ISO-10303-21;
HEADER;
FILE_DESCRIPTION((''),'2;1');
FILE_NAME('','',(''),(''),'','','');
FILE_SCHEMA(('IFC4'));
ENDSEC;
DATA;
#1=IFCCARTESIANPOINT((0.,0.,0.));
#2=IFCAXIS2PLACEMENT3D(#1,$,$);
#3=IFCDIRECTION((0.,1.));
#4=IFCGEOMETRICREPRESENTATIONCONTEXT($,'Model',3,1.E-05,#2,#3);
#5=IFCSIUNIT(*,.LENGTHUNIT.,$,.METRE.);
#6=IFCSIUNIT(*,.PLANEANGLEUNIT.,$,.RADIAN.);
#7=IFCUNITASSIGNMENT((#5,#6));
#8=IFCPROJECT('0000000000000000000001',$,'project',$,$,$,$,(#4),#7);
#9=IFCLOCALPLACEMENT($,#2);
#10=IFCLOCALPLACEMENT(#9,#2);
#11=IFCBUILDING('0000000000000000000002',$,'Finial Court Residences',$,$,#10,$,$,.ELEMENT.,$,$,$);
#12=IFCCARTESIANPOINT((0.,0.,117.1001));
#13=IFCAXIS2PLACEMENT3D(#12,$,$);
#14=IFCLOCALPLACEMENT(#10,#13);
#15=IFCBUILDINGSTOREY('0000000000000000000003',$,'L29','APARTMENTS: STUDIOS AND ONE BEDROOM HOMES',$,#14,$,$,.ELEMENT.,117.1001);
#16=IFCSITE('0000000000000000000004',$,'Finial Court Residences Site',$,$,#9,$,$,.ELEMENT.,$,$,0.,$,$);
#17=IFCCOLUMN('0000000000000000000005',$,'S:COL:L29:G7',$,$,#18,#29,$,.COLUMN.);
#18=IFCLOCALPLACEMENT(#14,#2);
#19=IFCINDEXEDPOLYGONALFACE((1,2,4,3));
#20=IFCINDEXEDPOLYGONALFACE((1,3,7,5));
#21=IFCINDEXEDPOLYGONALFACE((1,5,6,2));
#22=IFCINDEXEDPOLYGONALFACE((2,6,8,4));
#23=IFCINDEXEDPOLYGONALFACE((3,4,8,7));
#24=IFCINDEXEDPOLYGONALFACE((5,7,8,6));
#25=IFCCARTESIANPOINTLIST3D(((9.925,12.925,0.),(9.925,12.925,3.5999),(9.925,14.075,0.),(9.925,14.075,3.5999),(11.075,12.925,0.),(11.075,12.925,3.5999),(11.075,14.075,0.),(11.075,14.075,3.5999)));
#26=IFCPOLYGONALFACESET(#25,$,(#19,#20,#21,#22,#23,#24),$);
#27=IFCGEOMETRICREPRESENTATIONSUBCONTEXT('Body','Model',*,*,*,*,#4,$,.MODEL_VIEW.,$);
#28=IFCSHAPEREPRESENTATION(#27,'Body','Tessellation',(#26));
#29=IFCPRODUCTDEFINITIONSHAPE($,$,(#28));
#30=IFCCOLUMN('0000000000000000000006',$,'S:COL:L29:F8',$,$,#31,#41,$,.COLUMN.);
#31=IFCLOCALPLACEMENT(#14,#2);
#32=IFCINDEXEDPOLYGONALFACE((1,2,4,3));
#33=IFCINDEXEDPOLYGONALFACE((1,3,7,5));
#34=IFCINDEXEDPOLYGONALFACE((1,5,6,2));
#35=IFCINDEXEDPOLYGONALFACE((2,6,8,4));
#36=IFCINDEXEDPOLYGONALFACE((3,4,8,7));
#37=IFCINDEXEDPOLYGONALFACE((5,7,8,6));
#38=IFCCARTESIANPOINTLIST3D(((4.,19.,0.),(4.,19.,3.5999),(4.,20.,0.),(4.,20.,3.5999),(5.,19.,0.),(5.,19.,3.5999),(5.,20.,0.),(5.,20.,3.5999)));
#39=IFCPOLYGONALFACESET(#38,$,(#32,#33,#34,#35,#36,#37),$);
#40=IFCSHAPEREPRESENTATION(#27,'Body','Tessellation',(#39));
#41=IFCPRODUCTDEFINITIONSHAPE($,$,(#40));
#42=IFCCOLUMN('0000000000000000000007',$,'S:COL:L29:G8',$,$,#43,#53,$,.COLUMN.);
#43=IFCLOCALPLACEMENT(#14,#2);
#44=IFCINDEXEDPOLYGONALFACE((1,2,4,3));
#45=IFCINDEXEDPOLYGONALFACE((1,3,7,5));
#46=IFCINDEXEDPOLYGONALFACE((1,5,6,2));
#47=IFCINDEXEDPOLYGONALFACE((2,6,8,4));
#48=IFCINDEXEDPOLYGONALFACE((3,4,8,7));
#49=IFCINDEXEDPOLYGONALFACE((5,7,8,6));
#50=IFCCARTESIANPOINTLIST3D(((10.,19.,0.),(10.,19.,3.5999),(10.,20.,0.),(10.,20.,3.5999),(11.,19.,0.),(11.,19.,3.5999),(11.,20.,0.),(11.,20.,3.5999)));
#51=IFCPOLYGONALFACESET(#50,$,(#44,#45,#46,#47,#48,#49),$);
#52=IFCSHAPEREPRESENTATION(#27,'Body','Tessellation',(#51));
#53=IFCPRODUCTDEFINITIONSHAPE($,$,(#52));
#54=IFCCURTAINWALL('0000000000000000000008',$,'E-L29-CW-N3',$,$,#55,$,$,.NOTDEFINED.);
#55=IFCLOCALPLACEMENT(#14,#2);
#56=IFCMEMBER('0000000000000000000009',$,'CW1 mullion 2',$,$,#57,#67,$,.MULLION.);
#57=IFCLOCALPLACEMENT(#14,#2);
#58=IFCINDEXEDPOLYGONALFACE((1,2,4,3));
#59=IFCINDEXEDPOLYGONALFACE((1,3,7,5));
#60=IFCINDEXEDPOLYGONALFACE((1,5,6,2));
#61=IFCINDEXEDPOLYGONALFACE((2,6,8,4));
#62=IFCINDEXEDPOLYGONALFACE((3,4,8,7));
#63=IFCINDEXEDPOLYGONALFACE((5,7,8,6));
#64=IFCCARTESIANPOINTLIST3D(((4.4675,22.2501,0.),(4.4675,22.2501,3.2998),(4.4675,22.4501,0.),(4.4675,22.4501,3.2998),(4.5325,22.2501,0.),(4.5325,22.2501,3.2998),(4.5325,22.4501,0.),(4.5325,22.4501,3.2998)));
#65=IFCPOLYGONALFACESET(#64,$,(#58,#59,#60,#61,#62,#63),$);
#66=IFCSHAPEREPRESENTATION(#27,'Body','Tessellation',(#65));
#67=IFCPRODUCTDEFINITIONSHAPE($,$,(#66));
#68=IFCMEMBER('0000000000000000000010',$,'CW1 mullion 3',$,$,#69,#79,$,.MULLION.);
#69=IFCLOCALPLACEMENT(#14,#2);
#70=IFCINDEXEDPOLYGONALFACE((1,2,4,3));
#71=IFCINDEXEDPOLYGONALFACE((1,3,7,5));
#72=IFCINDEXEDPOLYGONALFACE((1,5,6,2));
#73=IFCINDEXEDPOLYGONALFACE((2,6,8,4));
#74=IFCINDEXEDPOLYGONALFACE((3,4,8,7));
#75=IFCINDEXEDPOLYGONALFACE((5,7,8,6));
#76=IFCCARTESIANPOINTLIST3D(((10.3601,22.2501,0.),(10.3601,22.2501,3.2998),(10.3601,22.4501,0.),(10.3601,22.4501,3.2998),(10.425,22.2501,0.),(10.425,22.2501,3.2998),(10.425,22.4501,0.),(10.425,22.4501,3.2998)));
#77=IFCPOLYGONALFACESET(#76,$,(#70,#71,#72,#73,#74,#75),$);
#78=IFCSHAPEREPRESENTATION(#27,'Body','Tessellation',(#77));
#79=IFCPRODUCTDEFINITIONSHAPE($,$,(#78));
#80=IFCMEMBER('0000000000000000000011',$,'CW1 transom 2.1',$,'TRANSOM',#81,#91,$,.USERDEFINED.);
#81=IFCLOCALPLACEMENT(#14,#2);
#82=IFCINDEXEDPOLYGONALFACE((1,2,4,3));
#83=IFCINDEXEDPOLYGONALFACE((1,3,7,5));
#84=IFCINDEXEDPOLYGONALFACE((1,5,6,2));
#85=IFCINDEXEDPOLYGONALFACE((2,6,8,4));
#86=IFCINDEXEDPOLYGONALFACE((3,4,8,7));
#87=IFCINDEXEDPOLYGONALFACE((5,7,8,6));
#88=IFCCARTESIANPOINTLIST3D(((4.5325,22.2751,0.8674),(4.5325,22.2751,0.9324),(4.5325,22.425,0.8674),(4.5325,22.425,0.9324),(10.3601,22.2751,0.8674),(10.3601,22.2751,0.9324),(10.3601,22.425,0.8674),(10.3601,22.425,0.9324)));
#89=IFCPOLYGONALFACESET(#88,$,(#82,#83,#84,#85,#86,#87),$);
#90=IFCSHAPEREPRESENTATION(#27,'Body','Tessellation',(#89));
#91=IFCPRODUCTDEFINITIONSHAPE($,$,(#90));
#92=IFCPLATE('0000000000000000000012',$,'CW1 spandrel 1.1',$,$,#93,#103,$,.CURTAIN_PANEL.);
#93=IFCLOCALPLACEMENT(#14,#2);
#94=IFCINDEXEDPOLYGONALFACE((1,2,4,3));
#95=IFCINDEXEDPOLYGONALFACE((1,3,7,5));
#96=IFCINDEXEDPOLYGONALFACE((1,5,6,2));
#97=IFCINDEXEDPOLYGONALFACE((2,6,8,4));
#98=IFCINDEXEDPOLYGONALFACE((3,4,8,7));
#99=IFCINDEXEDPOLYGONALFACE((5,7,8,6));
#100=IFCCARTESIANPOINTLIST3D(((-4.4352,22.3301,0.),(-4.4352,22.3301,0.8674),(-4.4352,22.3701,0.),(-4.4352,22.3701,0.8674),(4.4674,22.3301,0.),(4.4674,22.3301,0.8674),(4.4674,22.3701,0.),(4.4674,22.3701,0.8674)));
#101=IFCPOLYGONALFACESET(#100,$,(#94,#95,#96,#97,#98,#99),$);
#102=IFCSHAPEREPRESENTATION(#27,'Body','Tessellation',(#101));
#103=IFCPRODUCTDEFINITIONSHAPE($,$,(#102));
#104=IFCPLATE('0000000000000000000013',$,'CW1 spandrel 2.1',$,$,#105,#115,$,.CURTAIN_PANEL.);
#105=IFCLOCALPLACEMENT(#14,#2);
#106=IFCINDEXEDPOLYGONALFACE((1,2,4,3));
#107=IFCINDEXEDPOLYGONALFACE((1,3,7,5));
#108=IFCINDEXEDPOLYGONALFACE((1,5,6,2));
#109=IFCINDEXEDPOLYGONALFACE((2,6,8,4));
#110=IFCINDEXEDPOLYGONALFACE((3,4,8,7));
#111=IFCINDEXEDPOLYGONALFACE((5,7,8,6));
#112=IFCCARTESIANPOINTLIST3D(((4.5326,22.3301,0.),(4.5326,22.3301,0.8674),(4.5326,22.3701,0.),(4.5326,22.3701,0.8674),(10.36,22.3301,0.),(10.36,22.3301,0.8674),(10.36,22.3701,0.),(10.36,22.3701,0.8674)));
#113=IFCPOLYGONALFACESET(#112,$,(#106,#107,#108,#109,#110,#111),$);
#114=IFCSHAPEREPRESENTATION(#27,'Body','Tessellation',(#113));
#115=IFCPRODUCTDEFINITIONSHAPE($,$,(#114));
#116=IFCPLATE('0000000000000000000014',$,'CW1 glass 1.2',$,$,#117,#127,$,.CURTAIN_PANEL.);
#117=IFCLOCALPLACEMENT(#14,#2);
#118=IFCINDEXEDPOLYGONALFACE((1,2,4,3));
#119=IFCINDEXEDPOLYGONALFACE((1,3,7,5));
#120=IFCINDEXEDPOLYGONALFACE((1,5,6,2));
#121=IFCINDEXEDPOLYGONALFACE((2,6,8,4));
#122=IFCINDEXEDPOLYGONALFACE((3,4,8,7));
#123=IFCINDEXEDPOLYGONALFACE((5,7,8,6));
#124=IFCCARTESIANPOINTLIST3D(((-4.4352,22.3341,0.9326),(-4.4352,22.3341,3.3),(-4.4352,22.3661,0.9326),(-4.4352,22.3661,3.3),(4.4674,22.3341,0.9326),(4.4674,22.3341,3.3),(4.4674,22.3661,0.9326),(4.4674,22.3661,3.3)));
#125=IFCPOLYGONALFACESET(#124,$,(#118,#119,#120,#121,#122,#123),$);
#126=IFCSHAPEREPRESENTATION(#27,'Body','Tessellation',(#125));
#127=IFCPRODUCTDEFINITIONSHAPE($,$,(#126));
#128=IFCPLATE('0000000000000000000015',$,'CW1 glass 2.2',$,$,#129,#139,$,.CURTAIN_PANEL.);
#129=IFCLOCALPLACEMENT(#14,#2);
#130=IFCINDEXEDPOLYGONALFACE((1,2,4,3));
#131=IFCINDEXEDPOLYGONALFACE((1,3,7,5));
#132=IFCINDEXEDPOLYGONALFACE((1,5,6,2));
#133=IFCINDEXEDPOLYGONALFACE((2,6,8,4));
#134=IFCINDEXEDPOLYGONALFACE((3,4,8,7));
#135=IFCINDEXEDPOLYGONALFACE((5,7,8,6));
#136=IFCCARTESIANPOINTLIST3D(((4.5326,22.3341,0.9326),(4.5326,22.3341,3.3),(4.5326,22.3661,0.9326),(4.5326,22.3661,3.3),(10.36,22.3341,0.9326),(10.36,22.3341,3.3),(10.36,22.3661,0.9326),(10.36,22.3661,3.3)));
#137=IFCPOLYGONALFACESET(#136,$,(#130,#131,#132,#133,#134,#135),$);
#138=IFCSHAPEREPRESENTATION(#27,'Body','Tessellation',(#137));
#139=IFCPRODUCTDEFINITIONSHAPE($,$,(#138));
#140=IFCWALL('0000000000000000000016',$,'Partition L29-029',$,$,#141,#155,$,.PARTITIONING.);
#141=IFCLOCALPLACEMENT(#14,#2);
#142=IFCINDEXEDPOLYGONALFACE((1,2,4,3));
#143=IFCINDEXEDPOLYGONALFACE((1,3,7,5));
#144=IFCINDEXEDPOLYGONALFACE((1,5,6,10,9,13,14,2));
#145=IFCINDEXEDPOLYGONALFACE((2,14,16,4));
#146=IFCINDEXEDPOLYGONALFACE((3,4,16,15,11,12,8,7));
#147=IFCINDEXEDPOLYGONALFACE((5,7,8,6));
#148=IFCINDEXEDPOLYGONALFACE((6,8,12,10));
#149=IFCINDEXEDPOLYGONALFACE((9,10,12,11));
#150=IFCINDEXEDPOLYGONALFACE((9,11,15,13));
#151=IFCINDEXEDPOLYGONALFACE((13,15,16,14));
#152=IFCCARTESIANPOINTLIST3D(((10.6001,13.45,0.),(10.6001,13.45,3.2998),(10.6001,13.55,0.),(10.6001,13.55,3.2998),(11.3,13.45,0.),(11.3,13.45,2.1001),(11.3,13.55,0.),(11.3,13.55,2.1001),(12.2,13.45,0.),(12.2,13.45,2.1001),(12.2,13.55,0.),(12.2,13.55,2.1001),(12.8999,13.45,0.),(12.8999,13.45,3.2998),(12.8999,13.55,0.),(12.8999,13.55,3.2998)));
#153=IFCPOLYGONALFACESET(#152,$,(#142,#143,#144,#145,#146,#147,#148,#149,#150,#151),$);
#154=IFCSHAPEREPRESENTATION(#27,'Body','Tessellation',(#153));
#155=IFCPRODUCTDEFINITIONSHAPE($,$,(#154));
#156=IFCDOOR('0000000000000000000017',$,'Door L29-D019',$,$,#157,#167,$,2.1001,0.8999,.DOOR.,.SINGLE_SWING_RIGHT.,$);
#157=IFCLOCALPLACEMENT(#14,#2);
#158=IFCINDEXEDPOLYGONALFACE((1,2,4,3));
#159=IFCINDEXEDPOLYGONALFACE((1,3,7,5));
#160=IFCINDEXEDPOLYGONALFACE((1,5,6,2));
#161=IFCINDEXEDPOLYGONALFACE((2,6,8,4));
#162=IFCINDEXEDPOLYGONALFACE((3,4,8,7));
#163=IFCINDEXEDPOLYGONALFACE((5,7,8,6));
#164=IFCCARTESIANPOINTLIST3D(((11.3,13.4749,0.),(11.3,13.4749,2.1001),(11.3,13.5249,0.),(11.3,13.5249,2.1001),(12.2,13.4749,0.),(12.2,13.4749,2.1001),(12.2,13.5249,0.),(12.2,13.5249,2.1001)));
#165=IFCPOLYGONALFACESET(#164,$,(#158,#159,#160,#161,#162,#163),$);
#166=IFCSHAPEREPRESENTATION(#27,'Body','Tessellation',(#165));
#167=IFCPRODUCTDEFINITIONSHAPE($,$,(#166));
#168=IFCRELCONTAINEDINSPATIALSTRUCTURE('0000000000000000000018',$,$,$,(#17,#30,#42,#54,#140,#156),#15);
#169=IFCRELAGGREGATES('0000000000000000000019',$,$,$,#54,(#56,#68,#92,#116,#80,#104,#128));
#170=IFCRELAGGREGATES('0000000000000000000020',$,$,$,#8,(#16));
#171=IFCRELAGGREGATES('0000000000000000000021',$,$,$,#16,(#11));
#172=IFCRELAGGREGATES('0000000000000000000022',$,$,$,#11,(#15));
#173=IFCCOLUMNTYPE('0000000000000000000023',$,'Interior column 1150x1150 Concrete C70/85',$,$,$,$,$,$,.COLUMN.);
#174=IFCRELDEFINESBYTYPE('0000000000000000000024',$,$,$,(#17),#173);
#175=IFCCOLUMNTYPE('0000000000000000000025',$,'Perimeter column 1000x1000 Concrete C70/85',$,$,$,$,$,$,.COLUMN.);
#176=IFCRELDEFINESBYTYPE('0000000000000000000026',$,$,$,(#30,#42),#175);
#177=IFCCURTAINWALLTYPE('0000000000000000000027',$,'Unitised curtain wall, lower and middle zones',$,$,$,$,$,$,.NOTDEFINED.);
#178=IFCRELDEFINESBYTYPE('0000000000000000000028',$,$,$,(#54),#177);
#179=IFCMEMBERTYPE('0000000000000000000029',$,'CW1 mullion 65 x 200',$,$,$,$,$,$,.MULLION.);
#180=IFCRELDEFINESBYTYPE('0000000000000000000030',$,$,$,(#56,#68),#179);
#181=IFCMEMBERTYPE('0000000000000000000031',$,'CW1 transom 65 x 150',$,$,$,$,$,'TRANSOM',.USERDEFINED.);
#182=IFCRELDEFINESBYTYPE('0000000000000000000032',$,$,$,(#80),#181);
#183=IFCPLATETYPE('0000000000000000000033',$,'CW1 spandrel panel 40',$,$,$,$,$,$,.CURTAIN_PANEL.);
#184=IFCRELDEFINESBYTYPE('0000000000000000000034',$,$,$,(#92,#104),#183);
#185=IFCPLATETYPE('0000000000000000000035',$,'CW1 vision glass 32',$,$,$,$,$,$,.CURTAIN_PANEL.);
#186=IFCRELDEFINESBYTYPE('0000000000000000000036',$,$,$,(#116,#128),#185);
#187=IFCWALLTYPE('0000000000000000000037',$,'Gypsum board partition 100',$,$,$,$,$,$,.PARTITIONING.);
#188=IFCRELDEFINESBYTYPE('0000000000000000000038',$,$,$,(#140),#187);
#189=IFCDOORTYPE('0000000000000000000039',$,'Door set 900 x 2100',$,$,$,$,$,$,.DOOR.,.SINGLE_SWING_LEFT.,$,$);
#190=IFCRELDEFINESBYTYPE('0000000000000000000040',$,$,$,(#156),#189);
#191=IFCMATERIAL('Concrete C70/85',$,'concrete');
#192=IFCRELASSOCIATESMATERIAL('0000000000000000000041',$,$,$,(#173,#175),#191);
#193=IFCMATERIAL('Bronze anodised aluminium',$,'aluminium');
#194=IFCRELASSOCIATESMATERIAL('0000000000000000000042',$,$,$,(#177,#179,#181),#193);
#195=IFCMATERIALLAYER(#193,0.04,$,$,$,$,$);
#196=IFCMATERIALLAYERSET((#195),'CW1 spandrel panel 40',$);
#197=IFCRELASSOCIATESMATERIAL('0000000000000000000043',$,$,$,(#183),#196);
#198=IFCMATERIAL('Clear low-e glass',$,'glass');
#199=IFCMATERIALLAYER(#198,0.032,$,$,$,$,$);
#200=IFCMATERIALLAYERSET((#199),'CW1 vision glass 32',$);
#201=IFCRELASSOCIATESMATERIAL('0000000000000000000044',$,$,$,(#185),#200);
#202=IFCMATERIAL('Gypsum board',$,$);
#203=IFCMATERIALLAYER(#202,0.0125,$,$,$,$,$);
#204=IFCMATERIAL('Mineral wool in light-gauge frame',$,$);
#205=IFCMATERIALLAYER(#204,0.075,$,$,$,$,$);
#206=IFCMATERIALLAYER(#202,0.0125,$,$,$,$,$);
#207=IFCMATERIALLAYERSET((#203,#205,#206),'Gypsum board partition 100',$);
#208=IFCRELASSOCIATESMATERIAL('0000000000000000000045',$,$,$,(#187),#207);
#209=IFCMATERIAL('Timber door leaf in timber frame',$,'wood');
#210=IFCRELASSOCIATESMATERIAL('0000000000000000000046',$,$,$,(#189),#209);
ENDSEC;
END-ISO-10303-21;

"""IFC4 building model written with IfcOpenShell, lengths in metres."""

from ifc_helpers import new_model, si_unit, direction, frame, frame_2d, origin, origin_2d, place, context, subcontext, project, spatial, rectangle, extrude, material, layer, layer_set, material_profile, profile_set, type_object, element, fill, aggregate, save


model = new_model("IFC4")

# Units and contexts
model_context = context("Model", 3, precision=1e-05, world=origin(), true_north=direction((0.0, 1.0)))
body_context = subcontext(model_context, "Body", "Model", "MODEL_VIEW")
ifc_project = project(units=[si_unit("LENGTHUNIT", "METRE"), si_unit("PLANEANGLEUNIT", "RADIAN")], contexts=[model_context])

# Site, building, storey
site_placement = place(None, origin())
site = spatial("IfcSite", under=ifc_project, at=site_placement, Name="Finial Court Residences Site", CompositionType="ELEMENT", RefElevation=0.0)
building_placement = place(site_placement, origin())
building = spatial("IfcBuilding", under=site, at=building_placement, Name="Finial Court Residences", CompositionType="ELEMENT")
storey_placement = place(building_placement, frame((0.0, 0.0, 117.1001)))
storey = spatial("IfcBuildingStorey", under=building, at=storey_placement, Name="L29", Description="APARTMENTS: STUDIOS AND ONE BEDROOM HOMES", CompositionType="ELEMENT", Elevation=117.1001)

# Columns
ifc_material_1 = material(Name="Concrete C70/85", Category="concrete")
ifc_material_profile_1 = material_profile(ifc_material_1, rectangle(XDim=1.1499, YDim=1.1499, at=origin_2d()), Name="1150x1150")
ifc_profile_set_1 = profile_set([ifc_material_profile_1], Name="Concrete C70/85")
column_type_1 = type_object("IfcColumnType", Name="Interior column 1150x1150 Concrete C70/85", PredefinedType="COLUMN", material=ifc_profile_set_1)
column_placement = place(storey_placement, frame((10.5, 13.5, 0.0), z_axis=(0.0, 0.0, 1.0), x_axis=(1.0, 0.0, 0.0)))
element("IfcColumn", 1, at=column_placement, inside=storey, type_object=column_type_1, Name="S:COL:L29:G7", PredefinedType="COLUMN", context=body_context, shape_type="SweptSolid", body=[
    extrude(rectangle(XDim=1.1499, YDim=1.1499, at=origin_2d()), origin(), (0.0, 0.0, 1.0), 3.5999),
])
ifc_material_profile_2 = material_profile(ifc_material_1, rectangle(XDim=1.0, YDim=1.0, at=origin_2d()), Name="1000x1000")
ifc_profile_set_2 = profile_set([ifc_material_profile_2], Name="Concrete C70/85")
column_type_2 = type_object("IfcColumnType", Name="Perimeter column 1000x1000 Concrete C70/85", PredefinedType="COLUMN", material=ifc_profile_set_2)
for number, where, z_axis, x_axis, name in (
    (2, (4.5, 19.5, 0.0), (0.0, 0.0, 1.0), (1.0, 0.0, 0.0), "S:COL:L29:F8"),
    (3, (10.5, 19.5, 0.0), (0.0, 0.0, 1.0), (1.0, 0.0, 0.0), "S:COL:L29:G8"),
):
    element("IfcColumn", number, at=place(storey_placement, frame(where, z_axis=z_axis, x_axis=x_axis)), inside=storey, type_object=column_type_2, Name=name, PredefinedType="COLUMN", context=body_context, shape_type="SweptSolid", body=[
        extrude(rectangle(XDim=1.0, YDim=1.0, at=origin_2d()), origin(), (0.0, 0.0, 1.0), 3.5999),
    ])

# Curtain wall, members, plates
ifc_material_2 = material(Name="Bronze anodised aluminium", Category="aluminium")
curtain_wall_type = type_object("IfcCurtainWallType", Name="Unitised curtain wall, lower and middle zones", PredefinedType="NOTDEFINED", material=ifc_material_2)
curtain_wall_placement = place(storey_placement, origin())
curtain_wall = element("IfcCurtainWall", 4, at=curtain_wall_placement, inside=storey, type_object=curtain_wall_type, Name="E-L29-CW-N3", PredefinedType="NOTDEFINED")
ifc_material_profile_3 = material_profile(ifc_material_2, rectangle(XDim=0.2, YDim=0.0649, at=origin_2d()), Name="CW1 mullion 65 x 200")
ifc_profile_set_3 = profile_set([ifc_material_profile_3], Name="Bronze anodised aluminium")
member_type_1 = type_object("IfcMemberType", Name="CW1 mullion 65 x 200", PredefinedType="MULLION", material=ifc_profile_set_3)
member_1_placement = place(storey_placement, frame((4.5, 22.3501, 0.0), z_axis=(0.0, 0.0, 1.0), x_axis=(0.0, 1.0, 0.0)))
member_1 = element("IfcMember", 5, at=member_1_placement, type_object=member_type_1, Name="CW1 mullion 2", PredefinedType="MULLION", context=body_context, shape_type="SweptSolid", body=[
    extrude(rectangle(XDim=0.2, YDim=0.0649, at=origin_2d()), origin(), (0.0, 0.0, 1.0), 3.2998),
])
member_2_placement = place(storey_placement, frame((10.3926, 22.3501, 0.0), z_axis=(0.0, 0.0, 1.0), x_axis=(0.0, 1.0, 0.0)))
member_2 = element("IfcMember", 6, at=member_2_placement, type_object=member_type_1, Name="CW1 mullion 3", PredefinedType="MULLION", context=body_context, shape_type="SweptSolid", body=[
    extrude(rectangle(XDim=0.2, YDim=0.0649, at=origin_2d()), origin(), (0.0, 0.0, 1.0), 3.2998),
])
ifc_material_profile_4 = material_profile(ifc_material_2, rectangle(XDim=0.1499, YDim=0.0649, at=origin_2d()), Name="CW1 transom 65 x 150")
ifc_profile_set_4 = profile_set([ifc_material_profile_4], Name="Bronze anodised aluminium")
member_type_2 = type_object("IfcMemberType", Name="CW1 transom 65 x 150", ElementType="TRANSOM", PredefinedType="USERDEFINED", material=ifc_profile_set_4)
member_3_placement = place(storey_placement, frame((4.5325, 22.3501, 0.8999), z_axis=(1.0, 0.0, 0.0), x_axis=(0.0, 1.0, 0.0)))
member_3 = element("IfcMember", 7, at=member_3_placement, type_object=member_type_2, Name="CW1 transom 2.1", ObjectType="TRANSOM", PredefinedType="USERDEFINED", context=body_context, shape_type="SweptSolid", body=[
    extrude(rectangle(XDim=0.1499, YDim=0.0649, at=origin_2d()), origin(), (0.0, 0.0, 1.0), 5.8276),
])
ifc_layer_1 = layer(ifc_material_2, 0.04)
ifc_layer_set_1 = layer_set([ifc_layer_1], Name="CW1 spandrel panel 40")
plate_type_1 = type_object("IfcPlateType", Name="CW1 spandrel panel 40", PredefinedType="CURTAIN_PANEL", material=ifc_layer_set_1)
plate_1_placement = place(storey_placement, frame((0.0161, 22.3501, 0.0), z_axis=(0.0, 0.0, 1.0), x_axis=(1.0, 0.0, 0.0)))
plate_1 = element("IfcPlate", 8, at=plate_1_placement, type_object=plate_type_1, Name="CW1 spandrel 1.1", PredefinedType="CURTAIN_PANEL", context=body_context, shape_type="SweptSolid", body=[
    extrude(rectangle(XDim=8.9026, YDim=0.04, at=origin_2d()), origin(), (0.0, 0.0, 1.0), 0.8674),
])
plate_2_placement = place(storey_placement, frame((7.4463, 22.3501, 0.0), z_axis=(0.0, 0.0, 1.0), x_axis=(1.0, 0.0, 0.0)))
plate_2 = element("IfcPlate", 9, at=plate_2_placement, type_object=plate_type_1, Name="CW1 spandrel 2.1", PredefinedType="CURTAIN_PANEL", context=body_context, shape_type="SweptSolid", body=[
    extrude(rectangle(XDim=5.8274, YDim=0.04, at=origin_2d()), origin(), (0.0, 0.0, 1.0), 0.8674),
])
ifc_material_3 = material(Name="Clear low-e glass", Category="glass")
ifc_layer_2 = layer(ifc_material_3, 0.032)
ifc_layer_set_2 = layer_set([ifc_layer_2], Name="CW1 vision glass 32")
plate_type_2 = type_object("IfcPlateType", Name="CW1 vision glass 32", PredefinedType="CURTAIN_PANEL", material=ifc_layer_set_2)
plate_3_placement = place(storey_placement, frame((0.0161, 22.3501, 0.9326), z_axis=(0.0, 0.0, 1.0), x_axis=(1.0, 0.0, 0.0)))
plate_3 = element("IfcPlate", 10, at=plate_3_placement, type_object=plate_type_2, Name="CW1 glass 1.2", PredefinedType="CURTAIN_PANEL", context=body_context, shape_type="SweptSolid", body=[
    extrude(rectangle(XDim=8.9026, YDim=0.032, at=origin_2d()), origin(), (0.0, 0.0, 1.0), 2.3674),
])
plate_4_placement = place(storey_placement, frame((7.4463, 22.3501, 0.9326), z_axis=(0.0, 0.0, 1.0), x_axis=(1.0, 0.0, 0.0)))
plate_4 = element("IfcPlate", 11, at=plate_4_placement, type_object=plate_type_2, Name="CW1 glass 2.2", PredefinedType="CURTAIN_PANEL", context=body_context, shape_type="SweptSolid", body=[
    extrude(rectangle(XDim=5.8274, YDim=0.032, at=origin_2d()), origin(), (0.0, 0.0, 1.0), 2.3674),
])
aggregate(curtain_wall, [member_1, member_2, plate_1, plate_3, member_3, plate_2, plate_4])

# Wall, opening, door
ifc_material_4 = material(Name="Gypsum board")
ifc_layer_3 = layer(ifc_material_4, 0.0125)
ifc_material_5 = material(Name="Mineral wool in light-gauge frame")
ifc_layer_4 = layer(ifc_material_5, 0.075)
ifc_layer_5 = layer(ifc_material_4, 0.0125)
ifc_layer_set_3 = layer_set([ifc_layer_3, ifc_layer_4, ifc_layer_5], Name="Gypsum board partition 100")
wall_type_1 = type_object("IfcWallType", Name="Gypsum board partition 100", PredefinedType="PARTITIONING", material=ifc_layer_set_3)
wall_1_placement = place(storey_placement, frame((10.6001, 13.5, 0.0), z_axis=(0.0, 0.0, 1.0), x_axis=(1.0, 0.0, 0.0)))
wall_1 = element("IfcWall", 12, at=wall_1_placement, inside=storey, type_object=wall_type_1, Name="Partition L29-029", PredefinedType="PARTITIONING", context=body_context, shape_type="SweptSolid", body=[
    extrude(rectangle(XDim=2.2998, YDim=0.1001, at=frame_2d((1.1499, 0.0))), origin(), (0.0, 0.0, 1.0), 3.2998),
])
opening_1_placement = place(wall_1_placement, frame((0.7, 0.0, 0.0)))
opening_1 = element("IfcOpeningElement", 13, at=opening_1_placement, cuts=wall_1, PredefinedType="OPENING", context=body_context, shape_type="SweptSolid", body=[
    extrude(rectangle(XDim=0.8999, YDim=2.1001, at=frame_2d((0.45, 1.05))), frame((0.0, 0.0601, 0.0), z_axis=(0.0, -1.0, 0.0), x_axis=(1.0, 0.0, 0.0)), (0.0, 0.0, 1.0), 0.1201),
])
ifc_material_6 = material(Name="Timber door leaf in timber frame", Category="wood")
door_type_1 = type_object("IfcDoorType", Name="Door set 900 x 2100", OperationType="SINGLE_SWING_LEFT", PredefinedType="DOOR", material=ifc_material_6)
door_1_placement = place(opening_1_placement, origin())
door_1 = element("IfcDoor", 14, at=door_1_placement, inside=storey, type_object=door_type_1, Name="Door L29-D019", OperationType="SINGLE_SWING_RIGHT", OverallHeight=2.1001, OverallWidth=0.8999, PredefinedType="DOOR", context=body_context, shape_type="SweptSolid", body=[
    extrude(rectangle(XDim=0.8999, YDim=2.1001, at=frame_2d((0.45, 1.05))), frame((0.0, 0.0249, 0.0), z_axis=(0.0, -1.0, 0.0), x_axis=(1.0, 0.0, 0.0)), (0.0, 0.0, 1.0), 0.05),
])
fill(opening_1, door_1)

save(model, "model.ifc")
